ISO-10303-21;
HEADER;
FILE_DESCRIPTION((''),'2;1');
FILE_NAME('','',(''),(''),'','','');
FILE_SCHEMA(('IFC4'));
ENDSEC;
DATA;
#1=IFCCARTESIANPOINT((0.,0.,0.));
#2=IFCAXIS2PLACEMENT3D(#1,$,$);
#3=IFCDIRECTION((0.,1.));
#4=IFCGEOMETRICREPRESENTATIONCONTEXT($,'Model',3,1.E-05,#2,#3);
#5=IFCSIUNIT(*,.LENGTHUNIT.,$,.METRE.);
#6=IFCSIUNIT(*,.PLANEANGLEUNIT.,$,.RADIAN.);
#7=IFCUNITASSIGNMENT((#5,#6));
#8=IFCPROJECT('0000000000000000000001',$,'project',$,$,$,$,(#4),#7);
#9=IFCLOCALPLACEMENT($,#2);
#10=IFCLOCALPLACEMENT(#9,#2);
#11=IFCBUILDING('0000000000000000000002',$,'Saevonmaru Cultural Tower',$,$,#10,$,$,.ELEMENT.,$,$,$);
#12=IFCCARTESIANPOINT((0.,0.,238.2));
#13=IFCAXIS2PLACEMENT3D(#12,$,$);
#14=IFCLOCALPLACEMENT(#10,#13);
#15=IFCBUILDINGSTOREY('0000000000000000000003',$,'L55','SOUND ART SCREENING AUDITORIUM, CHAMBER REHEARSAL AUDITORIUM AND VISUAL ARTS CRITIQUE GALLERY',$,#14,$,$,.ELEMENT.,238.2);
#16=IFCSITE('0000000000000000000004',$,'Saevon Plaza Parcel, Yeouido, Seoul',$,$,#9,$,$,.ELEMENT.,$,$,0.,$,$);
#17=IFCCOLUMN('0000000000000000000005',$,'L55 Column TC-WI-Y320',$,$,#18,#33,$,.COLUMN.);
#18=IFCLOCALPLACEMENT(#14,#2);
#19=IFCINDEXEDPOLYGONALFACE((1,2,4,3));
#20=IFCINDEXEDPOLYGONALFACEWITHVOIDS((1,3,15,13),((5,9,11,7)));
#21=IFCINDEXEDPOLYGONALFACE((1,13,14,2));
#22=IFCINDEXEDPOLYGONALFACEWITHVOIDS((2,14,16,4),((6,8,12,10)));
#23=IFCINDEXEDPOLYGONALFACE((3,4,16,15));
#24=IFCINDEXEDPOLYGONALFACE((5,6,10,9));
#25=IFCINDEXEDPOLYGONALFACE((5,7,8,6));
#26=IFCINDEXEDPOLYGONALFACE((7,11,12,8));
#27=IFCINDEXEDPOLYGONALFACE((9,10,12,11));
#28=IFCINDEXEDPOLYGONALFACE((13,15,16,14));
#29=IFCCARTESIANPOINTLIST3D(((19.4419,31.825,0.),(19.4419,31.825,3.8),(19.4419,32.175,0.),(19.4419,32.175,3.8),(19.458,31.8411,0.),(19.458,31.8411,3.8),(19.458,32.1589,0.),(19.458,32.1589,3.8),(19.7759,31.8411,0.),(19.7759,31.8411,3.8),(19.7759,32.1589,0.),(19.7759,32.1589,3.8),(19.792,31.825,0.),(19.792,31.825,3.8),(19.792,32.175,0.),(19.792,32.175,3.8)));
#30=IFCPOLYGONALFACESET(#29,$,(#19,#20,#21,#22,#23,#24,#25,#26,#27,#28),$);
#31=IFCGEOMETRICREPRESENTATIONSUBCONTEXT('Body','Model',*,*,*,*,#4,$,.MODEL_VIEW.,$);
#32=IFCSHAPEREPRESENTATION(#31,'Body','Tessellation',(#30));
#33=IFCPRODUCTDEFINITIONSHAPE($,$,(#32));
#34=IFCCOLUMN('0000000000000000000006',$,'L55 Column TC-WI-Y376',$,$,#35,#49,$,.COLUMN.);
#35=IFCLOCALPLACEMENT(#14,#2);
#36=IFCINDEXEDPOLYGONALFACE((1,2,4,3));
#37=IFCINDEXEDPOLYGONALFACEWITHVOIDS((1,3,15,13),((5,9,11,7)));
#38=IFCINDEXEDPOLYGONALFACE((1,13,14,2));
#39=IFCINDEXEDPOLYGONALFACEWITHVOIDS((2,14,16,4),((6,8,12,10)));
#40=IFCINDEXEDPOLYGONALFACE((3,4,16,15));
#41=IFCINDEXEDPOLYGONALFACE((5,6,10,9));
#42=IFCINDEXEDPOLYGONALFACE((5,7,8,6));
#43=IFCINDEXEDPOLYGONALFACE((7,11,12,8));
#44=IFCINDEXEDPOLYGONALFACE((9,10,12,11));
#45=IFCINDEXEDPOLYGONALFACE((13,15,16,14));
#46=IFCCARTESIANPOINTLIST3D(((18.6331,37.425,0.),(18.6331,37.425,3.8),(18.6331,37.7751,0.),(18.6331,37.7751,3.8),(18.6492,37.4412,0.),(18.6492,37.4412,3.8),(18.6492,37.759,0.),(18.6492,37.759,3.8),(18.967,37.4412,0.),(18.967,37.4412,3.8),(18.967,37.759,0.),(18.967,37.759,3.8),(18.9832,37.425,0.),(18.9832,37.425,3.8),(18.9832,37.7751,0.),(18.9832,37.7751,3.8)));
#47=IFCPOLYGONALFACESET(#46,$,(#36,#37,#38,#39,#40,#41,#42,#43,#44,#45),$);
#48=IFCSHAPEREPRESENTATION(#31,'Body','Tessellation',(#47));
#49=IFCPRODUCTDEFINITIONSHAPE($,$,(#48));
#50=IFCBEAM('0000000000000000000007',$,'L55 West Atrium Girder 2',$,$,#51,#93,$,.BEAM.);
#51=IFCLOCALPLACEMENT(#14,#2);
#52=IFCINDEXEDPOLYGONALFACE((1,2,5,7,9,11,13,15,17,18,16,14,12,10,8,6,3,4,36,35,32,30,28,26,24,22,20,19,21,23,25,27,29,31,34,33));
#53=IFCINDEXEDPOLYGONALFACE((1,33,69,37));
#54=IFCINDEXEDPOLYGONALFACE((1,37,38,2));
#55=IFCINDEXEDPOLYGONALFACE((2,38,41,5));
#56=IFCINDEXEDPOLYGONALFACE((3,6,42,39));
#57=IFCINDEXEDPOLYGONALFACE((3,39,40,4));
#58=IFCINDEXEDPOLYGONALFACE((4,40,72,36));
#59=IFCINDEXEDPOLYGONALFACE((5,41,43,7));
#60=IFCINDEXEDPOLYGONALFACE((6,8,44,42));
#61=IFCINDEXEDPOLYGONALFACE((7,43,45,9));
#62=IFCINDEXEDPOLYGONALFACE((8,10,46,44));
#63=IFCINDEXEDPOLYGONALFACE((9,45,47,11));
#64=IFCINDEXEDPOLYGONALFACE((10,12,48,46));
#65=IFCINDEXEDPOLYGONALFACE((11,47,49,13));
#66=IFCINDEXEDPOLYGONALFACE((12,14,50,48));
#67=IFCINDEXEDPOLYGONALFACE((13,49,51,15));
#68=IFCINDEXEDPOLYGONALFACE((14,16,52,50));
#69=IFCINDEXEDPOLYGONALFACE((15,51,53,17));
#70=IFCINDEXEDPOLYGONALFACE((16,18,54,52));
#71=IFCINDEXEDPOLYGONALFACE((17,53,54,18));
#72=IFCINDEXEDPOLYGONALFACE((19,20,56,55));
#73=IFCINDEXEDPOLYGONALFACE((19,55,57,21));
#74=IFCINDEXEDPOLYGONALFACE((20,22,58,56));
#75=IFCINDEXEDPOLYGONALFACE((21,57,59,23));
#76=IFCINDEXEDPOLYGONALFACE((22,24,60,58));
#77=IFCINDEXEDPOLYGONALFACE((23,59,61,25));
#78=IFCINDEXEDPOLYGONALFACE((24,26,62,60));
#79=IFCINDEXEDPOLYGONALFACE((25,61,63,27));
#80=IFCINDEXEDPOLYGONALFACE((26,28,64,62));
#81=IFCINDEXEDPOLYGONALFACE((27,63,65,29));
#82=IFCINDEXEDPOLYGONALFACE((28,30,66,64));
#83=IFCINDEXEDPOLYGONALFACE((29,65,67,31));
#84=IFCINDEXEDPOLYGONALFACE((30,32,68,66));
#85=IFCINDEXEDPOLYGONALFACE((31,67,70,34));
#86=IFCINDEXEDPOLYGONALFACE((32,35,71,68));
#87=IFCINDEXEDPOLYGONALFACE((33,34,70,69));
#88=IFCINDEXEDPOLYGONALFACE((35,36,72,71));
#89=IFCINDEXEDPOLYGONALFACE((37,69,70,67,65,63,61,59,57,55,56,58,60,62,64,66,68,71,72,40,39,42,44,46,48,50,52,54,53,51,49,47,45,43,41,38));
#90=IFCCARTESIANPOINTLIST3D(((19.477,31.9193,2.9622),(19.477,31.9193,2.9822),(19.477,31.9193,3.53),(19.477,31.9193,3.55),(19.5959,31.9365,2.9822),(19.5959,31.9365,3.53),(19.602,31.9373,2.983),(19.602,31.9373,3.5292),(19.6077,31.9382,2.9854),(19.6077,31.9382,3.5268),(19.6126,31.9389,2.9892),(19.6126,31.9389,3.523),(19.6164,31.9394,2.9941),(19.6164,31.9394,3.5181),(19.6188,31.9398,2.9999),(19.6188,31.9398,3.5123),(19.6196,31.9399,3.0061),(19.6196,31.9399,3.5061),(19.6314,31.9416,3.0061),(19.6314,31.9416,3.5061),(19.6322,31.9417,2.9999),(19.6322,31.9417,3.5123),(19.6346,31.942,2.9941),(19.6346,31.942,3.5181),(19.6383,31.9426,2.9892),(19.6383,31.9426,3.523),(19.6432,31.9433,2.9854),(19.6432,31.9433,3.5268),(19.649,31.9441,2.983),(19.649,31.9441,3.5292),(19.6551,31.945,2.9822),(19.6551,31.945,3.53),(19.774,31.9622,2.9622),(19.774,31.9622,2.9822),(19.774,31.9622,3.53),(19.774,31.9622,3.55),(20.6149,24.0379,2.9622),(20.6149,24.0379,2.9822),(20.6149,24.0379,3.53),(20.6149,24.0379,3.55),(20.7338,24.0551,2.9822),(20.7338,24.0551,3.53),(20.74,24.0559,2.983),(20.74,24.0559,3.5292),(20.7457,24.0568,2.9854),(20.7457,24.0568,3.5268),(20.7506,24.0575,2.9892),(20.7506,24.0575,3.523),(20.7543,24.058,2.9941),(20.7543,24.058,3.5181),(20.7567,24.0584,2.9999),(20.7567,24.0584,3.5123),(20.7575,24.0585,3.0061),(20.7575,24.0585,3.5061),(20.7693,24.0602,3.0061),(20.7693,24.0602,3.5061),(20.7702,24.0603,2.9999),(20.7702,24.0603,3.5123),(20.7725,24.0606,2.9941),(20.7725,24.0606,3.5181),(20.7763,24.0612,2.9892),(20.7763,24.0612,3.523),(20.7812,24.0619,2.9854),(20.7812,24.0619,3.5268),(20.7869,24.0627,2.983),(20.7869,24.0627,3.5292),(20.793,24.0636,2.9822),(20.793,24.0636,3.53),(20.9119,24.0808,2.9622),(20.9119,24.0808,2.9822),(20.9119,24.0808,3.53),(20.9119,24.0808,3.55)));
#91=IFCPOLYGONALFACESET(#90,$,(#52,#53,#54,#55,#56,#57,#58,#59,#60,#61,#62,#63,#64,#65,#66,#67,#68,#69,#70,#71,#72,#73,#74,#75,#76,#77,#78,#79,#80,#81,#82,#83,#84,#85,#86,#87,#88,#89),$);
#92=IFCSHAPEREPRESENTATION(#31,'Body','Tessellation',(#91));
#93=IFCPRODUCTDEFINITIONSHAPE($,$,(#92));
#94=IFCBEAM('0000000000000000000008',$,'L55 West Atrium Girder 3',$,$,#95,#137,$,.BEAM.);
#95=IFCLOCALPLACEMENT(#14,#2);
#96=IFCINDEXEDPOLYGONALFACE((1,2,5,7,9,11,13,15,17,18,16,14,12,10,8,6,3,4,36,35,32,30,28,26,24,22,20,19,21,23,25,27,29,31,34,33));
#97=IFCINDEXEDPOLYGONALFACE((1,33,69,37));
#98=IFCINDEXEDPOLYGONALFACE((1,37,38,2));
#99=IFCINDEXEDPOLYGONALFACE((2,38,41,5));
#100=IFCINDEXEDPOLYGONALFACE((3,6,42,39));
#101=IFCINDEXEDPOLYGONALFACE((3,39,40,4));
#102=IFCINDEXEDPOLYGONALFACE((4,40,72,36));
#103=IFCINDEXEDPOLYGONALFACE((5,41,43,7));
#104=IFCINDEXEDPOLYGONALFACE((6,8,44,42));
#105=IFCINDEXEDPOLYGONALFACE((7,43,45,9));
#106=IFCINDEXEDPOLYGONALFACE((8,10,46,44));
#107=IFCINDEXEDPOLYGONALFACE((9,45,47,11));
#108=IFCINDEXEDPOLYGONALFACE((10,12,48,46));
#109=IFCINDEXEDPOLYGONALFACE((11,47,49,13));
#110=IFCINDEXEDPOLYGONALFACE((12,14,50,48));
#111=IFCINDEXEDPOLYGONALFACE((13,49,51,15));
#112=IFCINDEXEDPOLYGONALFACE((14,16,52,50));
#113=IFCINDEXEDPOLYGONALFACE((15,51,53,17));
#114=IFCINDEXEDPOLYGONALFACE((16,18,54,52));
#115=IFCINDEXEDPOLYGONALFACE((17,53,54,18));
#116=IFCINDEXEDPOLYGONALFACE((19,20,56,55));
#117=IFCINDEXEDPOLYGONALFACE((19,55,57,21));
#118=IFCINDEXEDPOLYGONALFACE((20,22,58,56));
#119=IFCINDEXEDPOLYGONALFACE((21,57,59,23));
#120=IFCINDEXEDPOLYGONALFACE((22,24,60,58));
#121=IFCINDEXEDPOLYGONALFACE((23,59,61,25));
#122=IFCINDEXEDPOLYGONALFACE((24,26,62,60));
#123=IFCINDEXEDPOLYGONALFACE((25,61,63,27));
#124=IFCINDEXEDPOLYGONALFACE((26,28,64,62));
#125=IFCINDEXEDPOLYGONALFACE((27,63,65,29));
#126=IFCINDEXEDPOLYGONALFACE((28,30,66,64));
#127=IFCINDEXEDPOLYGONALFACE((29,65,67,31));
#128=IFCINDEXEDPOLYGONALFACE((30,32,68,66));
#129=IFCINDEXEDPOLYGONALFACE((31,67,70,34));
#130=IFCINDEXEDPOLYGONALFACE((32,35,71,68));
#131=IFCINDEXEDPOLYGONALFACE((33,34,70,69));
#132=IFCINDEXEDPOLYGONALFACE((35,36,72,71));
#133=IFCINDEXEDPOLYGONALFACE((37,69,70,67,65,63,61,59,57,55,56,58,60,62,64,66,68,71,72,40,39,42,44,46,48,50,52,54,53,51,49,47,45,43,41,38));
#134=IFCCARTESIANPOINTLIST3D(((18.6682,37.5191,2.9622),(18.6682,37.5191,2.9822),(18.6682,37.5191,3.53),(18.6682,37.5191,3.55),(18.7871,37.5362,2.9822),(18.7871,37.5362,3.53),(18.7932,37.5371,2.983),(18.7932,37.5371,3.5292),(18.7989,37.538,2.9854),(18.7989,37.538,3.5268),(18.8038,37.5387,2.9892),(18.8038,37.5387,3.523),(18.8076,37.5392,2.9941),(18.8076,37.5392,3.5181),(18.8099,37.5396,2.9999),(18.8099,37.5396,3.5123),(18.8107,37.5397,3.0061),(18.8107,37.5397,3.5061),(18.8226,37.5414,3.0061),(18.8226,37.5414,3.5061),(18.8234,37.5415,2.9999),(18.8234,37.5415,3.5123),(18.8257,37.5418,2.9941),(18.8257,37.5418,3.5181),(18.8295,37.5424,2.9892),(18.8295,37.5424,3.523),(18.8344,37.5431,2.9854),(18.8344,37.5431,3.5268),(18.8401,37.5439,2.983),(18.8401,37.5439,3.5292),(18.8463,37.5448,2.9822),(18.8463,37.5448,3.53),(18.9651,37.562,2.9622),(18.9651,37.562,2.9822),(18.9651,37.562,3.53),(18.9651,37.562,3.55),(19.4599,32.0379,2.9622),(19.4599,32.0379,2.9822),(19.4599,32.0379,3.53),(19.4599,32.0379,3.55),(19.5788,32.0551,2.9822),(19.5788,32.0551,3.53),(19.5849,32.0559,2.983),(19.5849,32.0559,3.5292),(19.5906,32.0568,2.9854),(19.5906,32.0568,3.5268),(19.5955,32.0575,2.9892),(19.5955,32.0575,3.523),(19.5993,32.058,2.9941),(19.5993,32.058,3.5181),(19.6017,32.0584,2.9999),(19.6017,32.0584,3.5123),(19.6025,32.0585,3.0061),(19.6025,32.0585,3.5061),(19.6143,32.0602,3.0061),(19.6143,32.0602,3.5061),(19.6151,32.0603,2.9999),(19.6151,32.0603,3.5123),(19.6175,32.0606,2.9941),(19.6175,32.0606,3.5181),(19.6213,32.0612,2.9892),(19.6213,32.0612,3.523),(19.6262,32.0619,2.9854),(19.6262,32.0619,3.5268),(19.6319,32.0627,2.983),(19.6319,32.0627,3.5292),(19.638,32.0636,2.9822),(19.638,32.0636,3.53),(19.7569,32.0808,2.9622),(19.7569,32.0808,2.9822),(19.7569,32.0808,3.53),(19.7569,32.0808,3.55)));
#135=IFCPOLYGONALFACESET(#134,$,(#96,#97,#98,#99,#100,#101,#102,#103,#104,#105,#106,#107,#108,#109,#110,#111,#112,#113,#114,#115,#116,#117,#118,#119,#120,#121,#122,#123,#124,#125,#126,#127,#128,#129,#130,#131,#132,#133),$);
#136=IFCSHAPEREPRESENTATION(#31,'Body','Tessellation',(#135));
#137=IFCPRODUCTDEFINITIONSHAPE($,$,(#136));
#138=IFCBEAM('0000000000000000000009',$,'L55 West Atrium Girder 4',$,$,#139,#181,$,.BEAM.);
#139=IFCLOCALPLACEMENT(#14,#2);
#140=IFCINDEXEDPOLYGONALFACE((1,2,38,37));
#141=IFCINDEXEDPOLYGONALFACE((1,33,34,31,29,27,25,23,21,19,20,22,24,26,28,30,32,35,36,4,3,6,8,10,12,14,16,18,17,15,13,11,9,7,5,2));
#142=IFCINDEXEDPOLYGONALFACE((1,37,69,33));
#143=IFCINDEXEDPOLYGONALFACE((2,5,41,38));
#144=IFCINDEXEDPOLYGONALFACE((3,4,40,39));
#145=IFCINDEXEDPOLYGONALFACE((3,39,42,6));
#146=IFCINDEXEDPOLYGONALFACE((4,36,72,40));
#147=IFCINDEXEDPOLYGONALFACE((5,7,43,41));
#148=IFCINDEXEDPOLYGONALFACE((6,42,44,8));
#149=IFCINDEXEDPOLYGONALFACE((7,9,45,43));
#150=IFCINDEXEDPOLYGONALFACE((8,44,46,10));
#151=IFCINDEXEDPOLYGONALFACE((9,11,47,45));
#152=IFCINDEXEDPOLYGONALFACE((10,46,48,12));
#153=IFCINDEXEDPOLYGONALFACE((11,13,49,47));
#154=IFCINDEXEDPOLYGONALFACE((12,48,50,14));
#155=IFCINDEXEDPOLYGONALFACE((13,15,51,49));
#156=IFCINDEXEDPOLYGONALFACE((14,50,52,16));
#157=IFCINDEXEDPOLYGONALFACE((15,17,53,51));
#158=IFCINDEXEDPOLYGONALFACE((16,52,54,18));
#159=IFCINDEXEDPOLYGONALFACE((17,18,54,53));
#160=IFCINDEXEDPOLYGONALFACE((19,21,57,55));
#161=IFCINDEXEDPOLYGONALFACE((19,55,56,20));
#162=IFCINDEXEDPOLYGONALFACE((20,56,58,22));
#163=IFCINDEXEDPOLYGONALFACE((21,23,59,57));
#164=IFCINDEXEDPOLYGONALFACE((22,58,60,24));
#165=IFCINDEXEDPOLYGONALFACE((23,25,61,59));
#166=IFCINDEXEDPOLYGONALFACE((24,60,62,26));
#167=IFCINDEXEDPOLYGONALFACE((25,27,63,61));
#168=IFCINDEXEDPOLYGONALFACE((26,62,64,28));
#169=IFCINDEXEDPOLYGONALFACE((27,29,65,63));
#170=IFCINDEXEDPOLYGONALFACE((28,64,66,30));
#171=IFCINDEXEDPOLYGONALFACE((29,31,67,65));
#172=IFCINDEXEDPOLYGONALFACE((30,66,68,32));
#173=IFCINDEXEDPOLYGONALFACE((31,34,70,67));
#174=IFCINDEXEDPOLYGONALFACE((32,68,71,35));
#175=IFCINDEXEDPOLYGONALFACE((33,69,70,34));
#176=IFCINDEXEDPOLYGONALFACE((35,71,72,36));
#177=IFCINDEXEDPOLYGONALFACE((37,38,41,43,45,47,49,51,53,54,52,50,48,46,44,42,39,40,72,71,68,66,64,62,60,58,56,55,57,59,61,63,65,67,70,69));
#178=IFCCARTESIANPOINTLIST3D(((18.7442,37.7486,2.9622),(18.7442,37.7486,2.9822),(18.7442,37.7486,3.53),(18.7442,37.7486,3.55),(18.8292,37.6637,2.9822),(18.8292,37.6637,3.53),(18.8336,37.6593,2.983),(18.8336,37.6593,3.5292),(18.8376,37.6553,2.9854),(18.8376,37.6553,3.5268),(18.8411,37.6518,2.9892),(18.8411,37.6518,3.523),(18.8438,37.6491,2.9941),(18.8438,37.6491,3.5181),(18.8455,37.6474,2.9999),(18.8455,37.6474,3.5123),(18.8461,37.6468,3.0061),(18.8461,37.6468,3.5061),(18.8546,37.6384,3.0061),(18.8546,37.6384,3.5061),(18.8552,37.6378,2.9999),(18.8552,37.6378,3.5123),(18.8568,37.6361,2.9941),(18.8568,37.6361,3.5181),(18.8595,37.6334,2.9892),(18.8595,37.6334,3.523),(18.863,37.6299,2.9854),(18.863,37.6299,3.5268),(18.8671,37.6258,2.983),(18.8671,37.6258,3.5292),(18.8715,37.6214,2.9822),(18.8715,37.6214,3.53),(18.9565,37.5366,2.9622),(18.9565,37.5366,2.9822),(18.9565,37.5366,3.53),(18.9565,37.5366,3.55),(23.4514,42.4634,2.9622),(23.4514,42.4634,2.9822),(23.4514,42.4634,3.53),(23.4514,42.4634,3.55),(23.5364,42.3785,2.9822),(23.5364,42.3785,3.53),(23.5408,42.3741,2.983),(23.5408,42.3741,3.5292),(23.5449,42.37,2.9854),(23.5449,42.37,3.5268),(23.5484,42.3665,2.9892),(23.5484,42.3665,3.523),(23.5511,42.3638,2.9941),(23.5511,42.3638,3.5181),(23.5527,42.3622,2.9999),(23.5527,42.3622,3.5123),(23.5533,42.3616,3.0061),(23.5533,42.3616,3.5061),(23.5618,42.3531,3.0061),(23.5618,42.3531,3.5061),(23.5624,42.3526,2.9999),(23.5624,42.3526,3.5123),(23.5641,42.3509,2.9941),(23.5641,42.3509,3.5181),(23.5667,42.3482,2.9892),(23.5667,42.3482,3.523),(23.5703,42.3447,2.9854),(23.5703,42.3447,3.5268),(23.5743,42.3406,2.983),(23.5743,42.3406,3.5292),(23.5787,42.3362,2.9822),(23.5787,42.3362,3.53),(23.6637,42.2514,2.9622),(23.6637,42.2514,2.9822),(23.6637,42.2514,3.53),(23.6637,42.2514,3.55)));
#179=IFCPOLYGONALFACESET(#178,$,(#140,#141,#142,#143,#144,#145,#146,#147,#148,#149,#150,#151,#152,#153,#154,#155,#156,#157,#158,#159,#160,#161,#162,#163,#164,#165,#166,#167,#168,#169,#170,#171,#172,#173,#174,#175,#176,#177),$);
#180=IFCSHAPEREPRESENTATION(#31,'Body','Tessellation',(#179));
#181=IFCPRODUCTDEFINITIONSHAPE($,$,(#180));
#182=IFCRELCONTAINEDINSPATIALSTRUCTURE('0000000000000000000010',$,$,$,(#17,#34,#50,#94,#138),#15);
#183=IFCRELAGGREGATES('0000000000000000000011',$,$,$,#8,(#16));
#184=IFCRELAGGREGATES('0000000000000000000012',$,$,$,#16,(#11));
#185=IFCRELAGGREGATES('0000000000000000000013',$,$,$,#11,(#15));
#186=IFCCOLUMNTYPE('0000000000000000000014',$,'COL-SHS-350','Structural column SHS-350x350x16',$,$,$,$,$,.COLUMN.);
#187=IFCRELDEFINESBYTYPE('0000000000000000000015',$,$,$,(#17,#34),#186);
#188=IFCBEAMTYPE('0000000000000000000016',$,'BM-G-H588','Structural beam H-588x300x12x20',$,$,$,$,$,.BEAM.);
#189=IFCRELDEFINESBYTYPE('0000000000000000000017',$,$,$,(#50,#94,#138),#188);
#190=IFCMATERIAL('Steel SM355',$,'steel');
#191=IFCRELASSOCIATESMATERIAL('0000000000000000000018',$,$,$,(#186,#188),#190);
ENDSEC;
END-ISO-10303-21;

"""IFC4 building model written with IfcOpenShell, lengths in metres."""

from ifc_helpers import new_model, si_unit, direction, frame, origin, origin_2d, place, context, subcontext, project, spatial, hollow_rectangle, i_section, extrude, material, material_profile, profile_set, type_object, element, save


model = new_model("IFC4")

# Units and contexts
model_context = context("Model", 3, precision=1e-05, world=origin(), true_north=direction((0.0, 1.0)))
body_context = subcontext(model_context, "Body", "Model", "MODEL_VIEW")
ifc_project = project(units=[si_unit("LENGTHUNIT", "METRE"), si_unit("PLANEANGLEUNIT", "RADIAN")], contexts=[model_context])

# Site, building, storey
site_placement = place(None, origin())
site = spatial("IfcSite", under=ifc_project, at=site_placement, Name="Saevon Plaza Parcel, Yeouido, Seoul", CompositionType="ELEMENT", RefElevation=0.0)
building_placement = place(site_placement, origin())
building = spatial("IfcBuilding", under=site, at=building_placement, Name="Saevonmaru Cultural Tower", CompositionType="ELEMENT")
storey_placement = place(building_placement, frame((0.0, 0.0, 238.2)))
storey = spatial("IfcBuildingStorey", under=building, at=storey_placement, Name="L55", Description="SOUND ART SCREENING AUDITORIUM, CHAMBER REHEARSAL AUDITORIUM AND VISUAL ARTS CRITIQUE GALLERY", CompositionType="ELEMENT", Elevation=238.2)

# Columns
ifc_material_1 = material(Name="Steel SM355", Category="steel")
ifc_material_profile_1 = material_profile(ifc_material_1, hollow_rectangle(XDim=0.3501, YDim=0.3501, WallThickness=0.0161, at=origin_2d()), Name="SHS-350x350x16")
ifc_profile_set_1 = profile_set([ifc_material_profile_1], Name="Steel SM355")
column_type = type_object("IfcColumnType", Name="COL-SHS-350", Description="Structural column SHS-350x350x16", PredefinedType="COLUMN", material=ifc_profile_set_1)
for number, where, z_axis, x_axis, name in (
    (1, (19.6169, 32.0, 0.0), (0.0, 0.0, 1.0), (1.0, 0.0, 0.0), "L55 Column TC-WI-Y320"),
    (2, (18.8081, 37.6001, 0.0), (0.0, 0.0, 1.0), (1.0, 0.0, 0.0), "L55 Column TC-WI-Y376"),
):
    element("IfcColumn", number, at=place(storey_placement, frame(where, z_axis=z_axis, x_axis=x_axis)), inside=storey, type_object=column_type, Name=name, PredefinedType="COLUMN", context=body_context, shape_type="SweptSolid", body=[
        extrude(hollow_rectangle(XDim=0.3501, YDim=0.3501, WallThickness=0.0161, at=origin_2d()), origin(), (0.0, 0.0, 1.0), 3.8),
    ])

# Beams
ifc_material_profile_2 = material_profile(ifc_material_1, i_section(OverallWidth=0.3, OverallDepth=0.5879, WebThickness=0.012, FlangeThickness=0.02, FilletRadius=0.0239, at=origin_2d()), Name="H-588x300x12x20")
ifc_profile_set_2 = profile_set([ifc_material_profile_2], Name="Steel SM355")
beam_type = type_object("IfcBeamType", Name="BM-G-H588", Description="Structural beam H-588x300x12x20", PredefinedType="BEAM", material=ifc_profile_set_2)
beam_1_placement = place(storey_placement, frame((20.7634, 24.0593, 3.2561), z_axis=(-0.142902, 0.989737, 0.0), x_axis=(-0.989737, -0.142902, 0.0)))
element("IfcBeam", 3, at=beam_1_placement, inside=storey, type_object=beam_type, Name="L55 West Atrium Girder 2", PredefinedType="BEAM", context=body_context, shape_type="SweptSolid", body=[
    extrude(i_section(OverallWidth=0.3, OverallDepth=0.5879, WebThickness=0.012, FlangeThickness=0.02, FilletRadius=0.0239, at=origin_2d()), origin(), (0.0, 0.0, 1.0), 7.9631),
])
beam_2_placement = place(storey_placement, frame((19.6084, 32.0593, 3.2561), z_axis=(-0.142964, 0.989728, 0.0), x_axis=(-0.989728, -0.142964, 0.0)))
element("IfcBeam", 4, at=beam_2_placement, inside=storey, type_object=beam_type, Name="L55 West Atrium Girder 3", PredefinedType="BEAM", context=body_context, shape_type="SweptSolid", body=[
    extrude(i_section(OverallWidth=0.3, OverallDepth=0.5879, WebThickness=0.012, FlangeThickness=0.02, FilletRadius=0.0239, at=origin_2d()), origin(), (0.0, 0.0, 1.0), 5.5381),
])
beam_3_placement = place(storey_placement, frame((18.8503, 37.6426, 3.2561), z_axis=(0.706539, 0.707675, 0.0), x_axis=(-0.707675, 0.706539, 0.0)))
element("IfcBeam", 5, at=beam_3_placement, inside=storey, type_object=beam_type, Name="L55 West Atrium Girder 4", PredefinedType="BEAM", context=body_context, shape_type="SweptSolid", body=[
    extrude(i_section(OverallWidth=0.3, OverallDepth=0.5879, WebThickness=0.012, FlangeThickness=0.02, FilletRadius=0.0239, at=origin_2d()), origin(), (0.0, 0.0, 1.0), 6.6624),
])

save(model, "model.ifc")
